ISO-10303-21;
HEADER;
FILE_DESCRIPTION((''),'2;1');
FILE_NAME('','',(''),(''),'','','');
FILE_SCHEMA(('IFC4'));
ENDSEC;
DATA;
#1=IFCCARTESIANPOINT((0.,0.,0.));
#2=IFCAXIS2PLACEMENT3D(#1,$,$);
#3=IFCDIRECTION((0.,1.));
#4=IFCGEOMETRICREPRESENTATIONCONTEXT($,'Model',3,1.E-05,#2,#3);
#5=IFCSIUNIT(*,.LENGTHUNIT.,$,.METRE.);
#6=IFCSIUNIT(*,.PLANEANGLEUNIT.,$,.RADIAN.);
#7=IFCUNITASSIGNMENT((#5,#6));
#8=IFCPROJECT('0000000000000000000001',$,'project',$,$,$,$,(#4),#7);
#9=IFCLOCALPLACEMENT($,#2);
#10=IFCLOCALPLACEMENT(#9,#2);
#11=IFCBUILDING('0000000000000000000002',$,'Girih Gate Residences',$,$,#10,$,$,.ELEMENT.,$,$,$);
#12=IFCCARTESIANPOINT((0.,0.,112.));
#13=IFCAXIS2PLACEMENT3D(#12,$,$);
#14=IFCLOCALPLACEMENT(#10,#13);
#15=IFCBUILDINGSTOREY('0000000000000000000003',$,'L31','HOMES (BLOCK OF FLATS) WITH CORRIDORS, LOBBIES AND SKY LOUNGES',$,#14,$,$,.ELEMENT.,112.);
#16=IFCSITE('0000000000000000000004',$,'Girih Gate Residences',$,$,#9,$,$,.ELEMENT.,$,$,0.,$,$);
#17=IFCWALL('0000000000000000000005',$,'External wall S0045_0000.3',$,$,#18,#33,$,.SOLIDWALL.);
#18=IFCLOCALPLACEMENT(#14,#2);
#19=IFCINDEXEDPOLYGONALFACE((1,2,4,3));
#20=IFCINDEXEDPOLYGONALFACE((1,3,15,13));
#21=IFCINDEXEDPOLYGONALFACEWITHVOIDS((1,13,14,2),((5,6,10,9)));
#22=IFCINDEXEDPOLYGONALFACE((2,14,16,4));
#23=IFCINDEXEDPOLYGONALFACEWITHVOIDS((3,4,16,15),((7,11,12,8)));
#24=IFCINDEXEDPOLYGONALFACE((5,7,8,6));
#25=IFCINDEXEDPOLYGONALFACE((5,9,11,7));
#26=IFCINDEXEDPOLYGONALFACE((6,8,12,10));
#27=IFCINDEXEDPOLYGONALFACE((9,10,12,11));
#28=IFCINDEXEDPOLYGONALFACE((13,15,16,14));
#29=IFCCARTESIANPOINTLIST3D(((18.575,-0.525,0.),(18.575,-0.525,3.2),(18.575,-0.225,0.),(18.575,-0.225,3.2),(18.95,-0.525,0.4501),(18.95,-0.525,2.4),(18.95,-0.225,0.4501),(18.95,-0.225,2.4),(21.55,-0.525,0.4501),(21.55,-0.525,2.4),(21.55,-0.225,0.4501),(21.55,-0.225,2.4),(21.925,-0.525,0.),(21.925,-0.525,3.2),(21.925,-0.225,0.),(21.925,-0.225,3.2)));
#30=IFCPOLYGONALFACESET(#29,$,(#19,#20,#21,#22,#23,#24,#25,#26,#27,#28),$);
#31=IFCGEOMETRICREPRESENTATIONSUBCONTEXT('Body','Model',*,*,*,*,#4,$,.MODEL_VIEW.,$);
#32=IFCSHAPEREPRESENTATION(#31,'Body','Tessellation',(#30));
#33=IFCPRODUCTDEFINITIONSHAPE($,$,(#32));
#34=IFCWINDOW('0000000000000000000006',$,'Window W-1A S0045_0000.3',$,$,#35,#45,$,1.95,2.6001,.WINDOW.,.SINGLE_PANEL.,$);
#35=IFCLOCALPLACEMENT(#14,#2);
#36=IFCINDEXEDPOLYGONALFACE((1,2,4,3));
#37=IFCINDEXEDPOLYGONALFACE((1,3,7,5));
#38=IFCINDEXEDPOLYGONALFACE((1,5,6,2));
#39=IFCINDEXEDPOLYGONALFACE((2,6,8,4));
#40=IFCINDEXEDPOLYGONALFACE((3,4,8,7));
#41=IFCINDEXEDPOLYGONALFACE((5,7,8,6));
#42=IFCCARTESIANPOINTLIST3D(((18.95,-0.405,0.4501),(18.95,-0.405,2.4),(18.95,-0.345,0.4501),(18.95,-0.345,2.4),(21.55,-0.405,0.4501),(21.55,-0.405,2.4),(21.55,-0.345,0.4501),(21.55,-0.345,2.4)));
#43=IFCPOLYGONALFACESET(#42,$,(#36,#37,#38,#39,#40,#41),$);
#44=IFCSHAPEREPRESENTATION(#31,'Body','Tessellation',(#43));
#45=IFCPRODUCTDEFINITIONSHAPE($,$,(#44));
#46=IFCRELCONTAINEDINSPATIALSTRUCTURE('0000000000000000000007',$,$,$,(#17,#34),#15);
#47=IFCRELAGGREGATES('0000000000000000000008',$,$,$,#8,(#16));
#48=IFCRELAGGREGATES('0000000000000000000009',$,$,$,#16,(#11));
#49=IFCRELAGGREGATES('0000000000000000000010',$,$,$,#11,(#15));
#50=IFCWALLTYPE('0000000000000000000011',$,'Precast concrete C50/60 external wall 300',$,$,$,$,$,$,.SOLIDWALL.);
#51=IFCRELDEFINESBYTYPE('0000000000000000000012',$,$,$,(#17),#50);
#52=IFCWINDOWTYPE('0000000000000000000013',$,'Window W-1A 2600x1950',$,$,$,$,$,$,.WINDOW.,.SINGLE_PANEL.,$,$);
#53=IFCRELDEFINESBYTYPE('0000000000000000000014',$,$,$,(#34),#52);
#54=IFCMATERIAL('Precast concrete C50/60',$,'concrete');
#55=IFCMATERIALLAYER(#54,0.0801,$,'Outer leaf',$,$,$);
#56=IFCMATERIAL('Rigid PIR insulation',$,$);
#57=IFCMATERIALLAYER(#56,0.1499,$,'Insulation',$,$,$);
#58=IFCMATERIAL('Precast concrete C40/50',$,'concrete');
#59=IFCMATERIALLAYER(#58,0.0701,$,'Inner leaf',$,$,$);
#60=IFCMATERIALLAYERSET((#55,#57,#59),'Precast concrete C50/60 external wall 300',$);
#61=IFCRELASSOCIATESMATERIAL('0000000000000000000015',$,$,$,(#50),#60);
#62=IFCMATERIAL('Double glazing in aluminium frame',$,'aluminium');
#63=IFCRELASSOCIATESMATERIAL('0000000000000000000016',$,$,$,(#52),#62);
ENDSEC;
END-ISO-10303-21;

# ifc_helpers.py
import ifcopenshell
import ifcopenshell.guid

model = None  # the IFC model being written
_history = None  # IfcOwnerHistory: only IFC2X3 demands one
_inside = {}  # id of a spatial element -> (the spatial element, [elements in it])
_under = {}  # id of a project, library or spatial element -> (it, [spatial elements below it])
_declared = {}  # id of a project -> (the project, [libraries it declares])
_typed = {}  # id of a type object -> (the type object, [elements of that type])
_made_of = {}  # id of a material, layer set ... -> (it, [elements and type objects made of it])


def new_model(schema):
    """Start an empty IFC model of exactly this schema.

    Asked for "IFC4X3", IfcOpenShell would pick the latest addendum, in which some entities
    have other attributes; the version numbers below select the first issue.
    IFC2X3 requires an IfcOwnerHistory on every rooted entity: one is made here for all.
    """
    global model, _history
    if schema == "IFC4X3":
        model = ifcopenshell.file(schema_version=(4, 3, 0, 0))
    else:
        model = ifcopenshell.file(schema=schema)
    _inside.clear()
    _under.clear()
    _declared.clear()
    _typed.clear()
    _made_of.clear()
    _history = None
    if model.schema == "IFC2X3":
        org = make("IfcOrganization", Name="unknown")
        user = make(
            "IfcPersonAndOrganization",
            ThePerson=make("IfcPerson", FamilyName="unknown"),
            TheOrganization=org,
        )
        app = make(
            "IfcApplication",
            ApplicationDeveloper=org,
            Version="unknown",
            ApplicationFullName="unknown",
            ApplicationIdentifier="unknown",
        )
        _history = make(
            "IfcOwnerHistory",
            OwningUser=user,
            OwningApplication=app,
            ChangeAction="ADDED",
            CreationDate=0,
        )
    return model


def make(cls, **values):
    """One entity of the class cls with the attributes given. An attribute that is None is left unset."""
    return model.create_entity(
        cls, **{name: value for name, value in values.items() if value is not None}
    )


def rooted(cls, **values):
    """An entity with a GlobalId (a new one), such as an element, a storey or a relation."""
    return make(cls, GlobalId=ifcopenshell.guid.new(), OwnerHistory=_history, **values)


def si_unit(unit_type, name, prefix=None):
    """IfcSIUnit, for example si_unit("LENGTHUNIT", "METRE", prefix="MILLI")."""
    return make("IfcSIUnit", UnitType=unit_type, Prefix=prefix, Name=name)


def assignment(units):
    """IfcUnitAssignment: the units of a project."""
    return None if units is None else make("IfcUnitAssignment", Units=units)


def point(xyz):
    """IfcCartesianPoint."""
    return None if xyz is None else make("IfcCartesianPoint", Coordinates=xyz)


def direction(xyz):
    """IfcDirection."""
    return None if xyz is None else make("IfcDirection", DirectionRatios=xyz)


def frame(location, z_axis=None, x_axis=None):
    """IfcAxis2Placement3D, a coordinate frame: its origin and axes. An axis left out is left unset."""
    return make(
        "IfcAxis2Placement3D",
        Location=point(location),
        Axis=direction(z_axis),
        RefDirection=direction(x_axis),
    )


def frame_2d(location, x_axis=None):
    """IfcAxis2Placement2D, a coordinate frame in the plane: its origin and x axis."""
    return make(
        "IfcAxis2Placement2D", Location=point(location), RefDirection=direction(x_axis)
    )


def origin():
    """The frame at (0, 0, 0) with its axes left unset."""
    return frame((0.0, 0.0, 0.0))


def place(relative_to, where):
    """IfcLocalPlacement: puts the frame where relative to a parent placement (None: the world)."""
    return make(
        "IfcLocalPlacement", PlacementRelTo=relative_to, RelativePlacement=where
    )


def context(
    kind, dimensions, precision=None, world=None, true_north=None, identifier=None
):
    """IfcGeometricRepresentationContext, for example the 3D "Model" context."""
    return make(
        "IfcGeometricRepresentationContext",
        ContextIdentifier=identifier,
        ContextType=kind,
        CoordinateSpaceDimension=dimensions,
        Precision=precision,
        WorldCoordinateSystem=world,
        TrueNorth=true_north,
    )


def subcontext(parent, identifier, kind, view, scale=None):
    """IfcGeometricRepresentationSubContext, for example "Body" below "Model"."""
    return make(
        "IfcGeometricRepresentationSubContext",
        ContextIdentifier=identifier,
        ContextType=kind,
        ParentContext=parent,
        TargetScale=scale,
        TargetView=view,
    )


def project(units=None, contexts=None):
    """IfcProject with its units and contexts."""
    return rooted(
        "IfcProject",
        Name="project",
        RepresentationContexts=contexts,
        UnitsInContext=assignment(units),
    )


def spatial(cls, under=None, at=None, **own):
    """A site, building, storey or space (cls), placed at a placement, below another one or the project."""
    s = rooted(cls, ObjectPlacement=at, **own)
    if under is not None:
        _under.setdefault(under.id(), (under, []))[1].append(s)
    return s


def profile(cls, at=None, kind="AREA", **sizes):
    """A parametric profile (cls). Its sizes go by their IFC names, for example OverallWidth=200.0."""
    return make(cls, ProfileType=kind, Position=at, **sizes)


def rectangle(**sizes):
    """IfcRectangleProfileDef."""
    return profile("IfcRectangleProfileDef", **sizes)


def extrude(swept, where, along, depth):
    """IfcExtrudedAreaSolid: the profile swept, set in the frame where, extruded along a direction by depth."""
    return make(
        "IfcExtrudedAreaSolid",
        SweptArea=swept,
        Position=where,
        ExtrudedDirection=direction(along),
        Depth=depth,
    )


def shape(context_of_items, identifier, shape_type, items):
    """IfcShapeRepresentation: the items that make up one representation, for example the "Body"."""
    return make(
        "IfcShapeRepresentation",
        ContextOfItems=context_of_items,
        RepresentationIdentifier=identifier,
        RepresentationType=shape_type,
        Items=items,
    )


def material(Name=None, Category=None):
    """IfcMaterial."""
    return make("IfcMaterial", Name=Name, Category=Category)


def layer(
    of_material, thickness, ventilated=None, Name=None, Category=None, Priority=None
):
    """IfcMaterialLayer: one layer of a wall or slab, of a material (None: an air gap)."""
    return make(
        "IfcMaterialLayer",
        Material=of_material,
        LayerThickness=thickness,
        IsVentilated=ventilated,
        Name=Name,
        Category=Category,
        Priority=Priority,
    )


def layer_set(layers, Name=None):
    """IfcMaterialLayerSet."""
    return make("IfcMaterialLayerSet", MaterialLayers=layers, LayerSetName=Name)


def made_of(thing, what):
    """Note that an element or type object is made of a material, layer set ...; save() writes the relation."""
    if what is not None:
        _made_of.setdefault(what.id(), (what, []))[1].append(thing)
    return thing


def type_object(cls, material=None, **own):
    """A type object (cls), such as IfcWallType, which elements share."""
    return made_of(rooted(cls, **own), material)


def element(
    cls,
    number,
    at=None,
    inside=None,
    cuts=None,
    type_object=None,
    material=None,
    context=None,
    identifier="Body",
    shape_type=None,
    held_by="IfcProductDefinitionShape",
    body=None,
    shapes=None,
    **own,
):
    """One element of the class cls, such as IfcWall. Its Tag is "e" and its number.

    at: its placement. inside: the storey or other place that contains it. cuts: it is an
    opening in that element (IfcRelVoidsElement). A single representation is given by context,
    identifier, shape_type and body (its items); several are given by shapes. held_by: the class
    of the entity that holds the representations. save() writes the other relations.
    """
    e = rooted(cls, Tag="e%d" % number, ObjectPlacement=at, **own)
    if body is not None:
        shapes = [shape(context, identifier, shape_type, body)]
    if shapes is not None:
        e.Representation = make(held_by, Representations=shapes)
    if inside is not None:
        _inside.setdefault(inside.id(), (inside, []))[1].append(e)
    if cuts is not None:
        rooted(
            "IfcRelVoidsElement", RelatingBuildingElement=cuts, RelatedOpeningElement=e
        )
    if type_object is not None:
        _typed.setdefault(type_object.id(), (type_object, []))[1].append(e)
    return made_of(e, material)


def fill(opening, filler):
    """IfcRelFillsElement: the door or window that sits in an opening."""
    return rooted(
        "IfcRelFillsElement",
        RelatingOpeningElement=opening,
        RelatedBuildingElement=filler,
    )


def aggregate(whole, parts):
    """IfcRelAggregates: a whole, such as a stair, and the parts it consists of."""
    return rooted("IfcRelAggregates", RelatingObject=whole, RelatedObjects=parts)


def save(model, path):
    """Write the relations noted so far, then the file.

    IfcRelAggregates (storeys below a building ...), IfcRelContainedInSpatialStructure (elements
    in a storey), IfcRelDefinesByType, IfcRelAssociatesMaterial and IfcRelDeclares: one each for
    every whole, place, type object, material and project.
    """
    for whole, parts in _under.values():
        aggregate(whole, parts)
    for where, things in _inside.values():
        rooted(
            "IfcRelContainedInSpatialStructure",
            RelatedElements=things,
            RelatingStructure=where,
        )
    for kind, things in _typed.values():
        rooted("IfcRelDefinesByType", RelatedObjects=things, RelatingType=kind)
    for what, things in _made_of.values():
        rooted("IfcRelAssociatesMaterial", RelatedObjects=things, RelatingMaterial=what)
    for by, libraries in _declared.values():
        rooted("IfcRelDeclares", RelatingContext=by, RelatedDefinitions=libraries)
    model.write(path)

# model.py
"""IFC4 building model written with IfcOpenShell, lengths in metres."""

from ifc_helpers import new_model, si_unit, direction, frame, frame_2d, origin, place, context, subcontext, project, spatial, rectangle, extrude, material, layer, layer_set, type_object, element, fill, save


model = new_model("IFC4")

# Units and contexts
model_context = context("Model", 3, precision=1e-05, world=origin(), true_north=direction((0.0, 1.0)))
body_context = subcontext(model_context, "Body", "Model", "MODEL_VIEW")
ifc_project = project(units=[si_unit("LENGTHUNIT", "METRE"), si_unit("PLANEANGLEUNIT", "RADIAN")], contexts=[model_context])

# Site, building, storey
site_placement = place(None, origin())
site = spatial("IfcSite", under=ifc_project, at=site_placement, Name="Girih Gate Residences", CompositionType="ELEMENT", RefElevation=0.0)
building_placement = place(site_placement, origin())
building = spatial("IfcBuilding", under=site, at=building_placement, Name="Girih Gate Residences", CompositionType="ELEMENT")
storey_placement = place(building_placement, frame((0.0, 0.0, 112.0)))
storey = spatial("IfcBuildingStorey", under=building, at=storey_placement, Name="L31", Description="HOMES (BLOCK OF FLATS) WITH CORRIDORS, LOBBIES AND SKY LOUNGES", CompositionType="ELEMENT", Elevation=112.0)

# Wall, opening, window
ifc_material_1 = material(Name="Precast concrete C50/60", Category="concrete")
ifc_layer_1 = layer(ifc_material_1, 0.0801, Name="Outer leaf")
ifc_material_2 = material(Name="Rigid PIR insulation")
ifc_layer_2 = layer(ifc_material_2, 0.1499, Name="Insulation")
ifc_material_3 = material(Name="Precast concrete C40/50", Category="concrete")
ifc_layer_3 = layer(ifc_material_3, 0.0701, Name="Inner leaf")
ifc_layer_set_1 = layer_set([ifc_layer_1, ifc_layer_2, ifc_layer_3], Name="Precast concrete C50/60 external wall 300")
wall_type_1 = type_object("IfcWallType", Name="Precast concrete C50/60 external wall 300", PredefinedType="SOLIDWALL", material=ifc_layer_set_1)
ifc_material_4 = material(Name="Double glazing in aluminium frame", Category="aluminium")
window_type = type_object("IfcWindowType", Name="Window W-1A 2600x1950", PartitioningType="SINGLE_PANEL", PredefinedType="WINDOW", material=ifc_material_4)
wall_1_placement = place(storey_placement, frame((21.925, -0.375, 0.0), z_axis=(0.0, 0.0, 1.0), x_axis=(-1.0, 0.0, 0.0)))
wall_1 = element("IfcWall", 1, at=wall_1_placement, inside=storey, type_object=wall_type_1, Name="External wall S0045_0000.3", PredefinedType="SOLIDWALL", context=body_context, shape_type="SweptSolid", body=[
    extrude(rectangle(XDim=3.3501, YDim=0.3, at=frame_2d((1.675, 0.0))), origin(), (0.0, 0.0, 1.0), 3.2),
])
opening_1_placement = place(wall_1_placement, frame((0.375, 0.0, 0.45)))
opening_1 = element("IfcOpeningElement", 2, at=opening_1_placement, cuts=wall_1, PredefinedType="OPENING", context=body_context, shape_type="SweptSolid", body=[
    extrude(rectangle(XDim=2.6001, YDim=1.95, at=frame_2d((1.3, 0.9751))), frame((0.0, 0.1599, 0.0), z_axis=(0.0, -1.0, 0.0), x_axis=(1.0, 0.0, 0.0)), (0.0, 0.0, 1.0), 0.3201),
])
window_1_placement = place(opening_1_placement, origin())
window_1 = element("IfcWindow", 3, at=window_1_placement, inside=storey, type_object=window_type, Name="Window W-1A S0045_0000.3", OverallHeight=1.95, OverallWidth=2.6001, PartitioningType="SINGLE_PANEL", PredefinedType="WINDOW", context=body_context, shape_type="SweptSolid", body=[
    extrude(rectangle(XDim=2.6001, YDim=1.95, at=frame_2d((1.3, 0.9751))), frame((0.0, 0.03, 0.0), z_axis=(0.0, -1.0, 0.0), x_axis=(1.0, 0.0, 0.0)), (0.0, 0.0, 1.0), 0.0601),
])
fill(opening_1, window_1)

save(model, "model.ifc")
